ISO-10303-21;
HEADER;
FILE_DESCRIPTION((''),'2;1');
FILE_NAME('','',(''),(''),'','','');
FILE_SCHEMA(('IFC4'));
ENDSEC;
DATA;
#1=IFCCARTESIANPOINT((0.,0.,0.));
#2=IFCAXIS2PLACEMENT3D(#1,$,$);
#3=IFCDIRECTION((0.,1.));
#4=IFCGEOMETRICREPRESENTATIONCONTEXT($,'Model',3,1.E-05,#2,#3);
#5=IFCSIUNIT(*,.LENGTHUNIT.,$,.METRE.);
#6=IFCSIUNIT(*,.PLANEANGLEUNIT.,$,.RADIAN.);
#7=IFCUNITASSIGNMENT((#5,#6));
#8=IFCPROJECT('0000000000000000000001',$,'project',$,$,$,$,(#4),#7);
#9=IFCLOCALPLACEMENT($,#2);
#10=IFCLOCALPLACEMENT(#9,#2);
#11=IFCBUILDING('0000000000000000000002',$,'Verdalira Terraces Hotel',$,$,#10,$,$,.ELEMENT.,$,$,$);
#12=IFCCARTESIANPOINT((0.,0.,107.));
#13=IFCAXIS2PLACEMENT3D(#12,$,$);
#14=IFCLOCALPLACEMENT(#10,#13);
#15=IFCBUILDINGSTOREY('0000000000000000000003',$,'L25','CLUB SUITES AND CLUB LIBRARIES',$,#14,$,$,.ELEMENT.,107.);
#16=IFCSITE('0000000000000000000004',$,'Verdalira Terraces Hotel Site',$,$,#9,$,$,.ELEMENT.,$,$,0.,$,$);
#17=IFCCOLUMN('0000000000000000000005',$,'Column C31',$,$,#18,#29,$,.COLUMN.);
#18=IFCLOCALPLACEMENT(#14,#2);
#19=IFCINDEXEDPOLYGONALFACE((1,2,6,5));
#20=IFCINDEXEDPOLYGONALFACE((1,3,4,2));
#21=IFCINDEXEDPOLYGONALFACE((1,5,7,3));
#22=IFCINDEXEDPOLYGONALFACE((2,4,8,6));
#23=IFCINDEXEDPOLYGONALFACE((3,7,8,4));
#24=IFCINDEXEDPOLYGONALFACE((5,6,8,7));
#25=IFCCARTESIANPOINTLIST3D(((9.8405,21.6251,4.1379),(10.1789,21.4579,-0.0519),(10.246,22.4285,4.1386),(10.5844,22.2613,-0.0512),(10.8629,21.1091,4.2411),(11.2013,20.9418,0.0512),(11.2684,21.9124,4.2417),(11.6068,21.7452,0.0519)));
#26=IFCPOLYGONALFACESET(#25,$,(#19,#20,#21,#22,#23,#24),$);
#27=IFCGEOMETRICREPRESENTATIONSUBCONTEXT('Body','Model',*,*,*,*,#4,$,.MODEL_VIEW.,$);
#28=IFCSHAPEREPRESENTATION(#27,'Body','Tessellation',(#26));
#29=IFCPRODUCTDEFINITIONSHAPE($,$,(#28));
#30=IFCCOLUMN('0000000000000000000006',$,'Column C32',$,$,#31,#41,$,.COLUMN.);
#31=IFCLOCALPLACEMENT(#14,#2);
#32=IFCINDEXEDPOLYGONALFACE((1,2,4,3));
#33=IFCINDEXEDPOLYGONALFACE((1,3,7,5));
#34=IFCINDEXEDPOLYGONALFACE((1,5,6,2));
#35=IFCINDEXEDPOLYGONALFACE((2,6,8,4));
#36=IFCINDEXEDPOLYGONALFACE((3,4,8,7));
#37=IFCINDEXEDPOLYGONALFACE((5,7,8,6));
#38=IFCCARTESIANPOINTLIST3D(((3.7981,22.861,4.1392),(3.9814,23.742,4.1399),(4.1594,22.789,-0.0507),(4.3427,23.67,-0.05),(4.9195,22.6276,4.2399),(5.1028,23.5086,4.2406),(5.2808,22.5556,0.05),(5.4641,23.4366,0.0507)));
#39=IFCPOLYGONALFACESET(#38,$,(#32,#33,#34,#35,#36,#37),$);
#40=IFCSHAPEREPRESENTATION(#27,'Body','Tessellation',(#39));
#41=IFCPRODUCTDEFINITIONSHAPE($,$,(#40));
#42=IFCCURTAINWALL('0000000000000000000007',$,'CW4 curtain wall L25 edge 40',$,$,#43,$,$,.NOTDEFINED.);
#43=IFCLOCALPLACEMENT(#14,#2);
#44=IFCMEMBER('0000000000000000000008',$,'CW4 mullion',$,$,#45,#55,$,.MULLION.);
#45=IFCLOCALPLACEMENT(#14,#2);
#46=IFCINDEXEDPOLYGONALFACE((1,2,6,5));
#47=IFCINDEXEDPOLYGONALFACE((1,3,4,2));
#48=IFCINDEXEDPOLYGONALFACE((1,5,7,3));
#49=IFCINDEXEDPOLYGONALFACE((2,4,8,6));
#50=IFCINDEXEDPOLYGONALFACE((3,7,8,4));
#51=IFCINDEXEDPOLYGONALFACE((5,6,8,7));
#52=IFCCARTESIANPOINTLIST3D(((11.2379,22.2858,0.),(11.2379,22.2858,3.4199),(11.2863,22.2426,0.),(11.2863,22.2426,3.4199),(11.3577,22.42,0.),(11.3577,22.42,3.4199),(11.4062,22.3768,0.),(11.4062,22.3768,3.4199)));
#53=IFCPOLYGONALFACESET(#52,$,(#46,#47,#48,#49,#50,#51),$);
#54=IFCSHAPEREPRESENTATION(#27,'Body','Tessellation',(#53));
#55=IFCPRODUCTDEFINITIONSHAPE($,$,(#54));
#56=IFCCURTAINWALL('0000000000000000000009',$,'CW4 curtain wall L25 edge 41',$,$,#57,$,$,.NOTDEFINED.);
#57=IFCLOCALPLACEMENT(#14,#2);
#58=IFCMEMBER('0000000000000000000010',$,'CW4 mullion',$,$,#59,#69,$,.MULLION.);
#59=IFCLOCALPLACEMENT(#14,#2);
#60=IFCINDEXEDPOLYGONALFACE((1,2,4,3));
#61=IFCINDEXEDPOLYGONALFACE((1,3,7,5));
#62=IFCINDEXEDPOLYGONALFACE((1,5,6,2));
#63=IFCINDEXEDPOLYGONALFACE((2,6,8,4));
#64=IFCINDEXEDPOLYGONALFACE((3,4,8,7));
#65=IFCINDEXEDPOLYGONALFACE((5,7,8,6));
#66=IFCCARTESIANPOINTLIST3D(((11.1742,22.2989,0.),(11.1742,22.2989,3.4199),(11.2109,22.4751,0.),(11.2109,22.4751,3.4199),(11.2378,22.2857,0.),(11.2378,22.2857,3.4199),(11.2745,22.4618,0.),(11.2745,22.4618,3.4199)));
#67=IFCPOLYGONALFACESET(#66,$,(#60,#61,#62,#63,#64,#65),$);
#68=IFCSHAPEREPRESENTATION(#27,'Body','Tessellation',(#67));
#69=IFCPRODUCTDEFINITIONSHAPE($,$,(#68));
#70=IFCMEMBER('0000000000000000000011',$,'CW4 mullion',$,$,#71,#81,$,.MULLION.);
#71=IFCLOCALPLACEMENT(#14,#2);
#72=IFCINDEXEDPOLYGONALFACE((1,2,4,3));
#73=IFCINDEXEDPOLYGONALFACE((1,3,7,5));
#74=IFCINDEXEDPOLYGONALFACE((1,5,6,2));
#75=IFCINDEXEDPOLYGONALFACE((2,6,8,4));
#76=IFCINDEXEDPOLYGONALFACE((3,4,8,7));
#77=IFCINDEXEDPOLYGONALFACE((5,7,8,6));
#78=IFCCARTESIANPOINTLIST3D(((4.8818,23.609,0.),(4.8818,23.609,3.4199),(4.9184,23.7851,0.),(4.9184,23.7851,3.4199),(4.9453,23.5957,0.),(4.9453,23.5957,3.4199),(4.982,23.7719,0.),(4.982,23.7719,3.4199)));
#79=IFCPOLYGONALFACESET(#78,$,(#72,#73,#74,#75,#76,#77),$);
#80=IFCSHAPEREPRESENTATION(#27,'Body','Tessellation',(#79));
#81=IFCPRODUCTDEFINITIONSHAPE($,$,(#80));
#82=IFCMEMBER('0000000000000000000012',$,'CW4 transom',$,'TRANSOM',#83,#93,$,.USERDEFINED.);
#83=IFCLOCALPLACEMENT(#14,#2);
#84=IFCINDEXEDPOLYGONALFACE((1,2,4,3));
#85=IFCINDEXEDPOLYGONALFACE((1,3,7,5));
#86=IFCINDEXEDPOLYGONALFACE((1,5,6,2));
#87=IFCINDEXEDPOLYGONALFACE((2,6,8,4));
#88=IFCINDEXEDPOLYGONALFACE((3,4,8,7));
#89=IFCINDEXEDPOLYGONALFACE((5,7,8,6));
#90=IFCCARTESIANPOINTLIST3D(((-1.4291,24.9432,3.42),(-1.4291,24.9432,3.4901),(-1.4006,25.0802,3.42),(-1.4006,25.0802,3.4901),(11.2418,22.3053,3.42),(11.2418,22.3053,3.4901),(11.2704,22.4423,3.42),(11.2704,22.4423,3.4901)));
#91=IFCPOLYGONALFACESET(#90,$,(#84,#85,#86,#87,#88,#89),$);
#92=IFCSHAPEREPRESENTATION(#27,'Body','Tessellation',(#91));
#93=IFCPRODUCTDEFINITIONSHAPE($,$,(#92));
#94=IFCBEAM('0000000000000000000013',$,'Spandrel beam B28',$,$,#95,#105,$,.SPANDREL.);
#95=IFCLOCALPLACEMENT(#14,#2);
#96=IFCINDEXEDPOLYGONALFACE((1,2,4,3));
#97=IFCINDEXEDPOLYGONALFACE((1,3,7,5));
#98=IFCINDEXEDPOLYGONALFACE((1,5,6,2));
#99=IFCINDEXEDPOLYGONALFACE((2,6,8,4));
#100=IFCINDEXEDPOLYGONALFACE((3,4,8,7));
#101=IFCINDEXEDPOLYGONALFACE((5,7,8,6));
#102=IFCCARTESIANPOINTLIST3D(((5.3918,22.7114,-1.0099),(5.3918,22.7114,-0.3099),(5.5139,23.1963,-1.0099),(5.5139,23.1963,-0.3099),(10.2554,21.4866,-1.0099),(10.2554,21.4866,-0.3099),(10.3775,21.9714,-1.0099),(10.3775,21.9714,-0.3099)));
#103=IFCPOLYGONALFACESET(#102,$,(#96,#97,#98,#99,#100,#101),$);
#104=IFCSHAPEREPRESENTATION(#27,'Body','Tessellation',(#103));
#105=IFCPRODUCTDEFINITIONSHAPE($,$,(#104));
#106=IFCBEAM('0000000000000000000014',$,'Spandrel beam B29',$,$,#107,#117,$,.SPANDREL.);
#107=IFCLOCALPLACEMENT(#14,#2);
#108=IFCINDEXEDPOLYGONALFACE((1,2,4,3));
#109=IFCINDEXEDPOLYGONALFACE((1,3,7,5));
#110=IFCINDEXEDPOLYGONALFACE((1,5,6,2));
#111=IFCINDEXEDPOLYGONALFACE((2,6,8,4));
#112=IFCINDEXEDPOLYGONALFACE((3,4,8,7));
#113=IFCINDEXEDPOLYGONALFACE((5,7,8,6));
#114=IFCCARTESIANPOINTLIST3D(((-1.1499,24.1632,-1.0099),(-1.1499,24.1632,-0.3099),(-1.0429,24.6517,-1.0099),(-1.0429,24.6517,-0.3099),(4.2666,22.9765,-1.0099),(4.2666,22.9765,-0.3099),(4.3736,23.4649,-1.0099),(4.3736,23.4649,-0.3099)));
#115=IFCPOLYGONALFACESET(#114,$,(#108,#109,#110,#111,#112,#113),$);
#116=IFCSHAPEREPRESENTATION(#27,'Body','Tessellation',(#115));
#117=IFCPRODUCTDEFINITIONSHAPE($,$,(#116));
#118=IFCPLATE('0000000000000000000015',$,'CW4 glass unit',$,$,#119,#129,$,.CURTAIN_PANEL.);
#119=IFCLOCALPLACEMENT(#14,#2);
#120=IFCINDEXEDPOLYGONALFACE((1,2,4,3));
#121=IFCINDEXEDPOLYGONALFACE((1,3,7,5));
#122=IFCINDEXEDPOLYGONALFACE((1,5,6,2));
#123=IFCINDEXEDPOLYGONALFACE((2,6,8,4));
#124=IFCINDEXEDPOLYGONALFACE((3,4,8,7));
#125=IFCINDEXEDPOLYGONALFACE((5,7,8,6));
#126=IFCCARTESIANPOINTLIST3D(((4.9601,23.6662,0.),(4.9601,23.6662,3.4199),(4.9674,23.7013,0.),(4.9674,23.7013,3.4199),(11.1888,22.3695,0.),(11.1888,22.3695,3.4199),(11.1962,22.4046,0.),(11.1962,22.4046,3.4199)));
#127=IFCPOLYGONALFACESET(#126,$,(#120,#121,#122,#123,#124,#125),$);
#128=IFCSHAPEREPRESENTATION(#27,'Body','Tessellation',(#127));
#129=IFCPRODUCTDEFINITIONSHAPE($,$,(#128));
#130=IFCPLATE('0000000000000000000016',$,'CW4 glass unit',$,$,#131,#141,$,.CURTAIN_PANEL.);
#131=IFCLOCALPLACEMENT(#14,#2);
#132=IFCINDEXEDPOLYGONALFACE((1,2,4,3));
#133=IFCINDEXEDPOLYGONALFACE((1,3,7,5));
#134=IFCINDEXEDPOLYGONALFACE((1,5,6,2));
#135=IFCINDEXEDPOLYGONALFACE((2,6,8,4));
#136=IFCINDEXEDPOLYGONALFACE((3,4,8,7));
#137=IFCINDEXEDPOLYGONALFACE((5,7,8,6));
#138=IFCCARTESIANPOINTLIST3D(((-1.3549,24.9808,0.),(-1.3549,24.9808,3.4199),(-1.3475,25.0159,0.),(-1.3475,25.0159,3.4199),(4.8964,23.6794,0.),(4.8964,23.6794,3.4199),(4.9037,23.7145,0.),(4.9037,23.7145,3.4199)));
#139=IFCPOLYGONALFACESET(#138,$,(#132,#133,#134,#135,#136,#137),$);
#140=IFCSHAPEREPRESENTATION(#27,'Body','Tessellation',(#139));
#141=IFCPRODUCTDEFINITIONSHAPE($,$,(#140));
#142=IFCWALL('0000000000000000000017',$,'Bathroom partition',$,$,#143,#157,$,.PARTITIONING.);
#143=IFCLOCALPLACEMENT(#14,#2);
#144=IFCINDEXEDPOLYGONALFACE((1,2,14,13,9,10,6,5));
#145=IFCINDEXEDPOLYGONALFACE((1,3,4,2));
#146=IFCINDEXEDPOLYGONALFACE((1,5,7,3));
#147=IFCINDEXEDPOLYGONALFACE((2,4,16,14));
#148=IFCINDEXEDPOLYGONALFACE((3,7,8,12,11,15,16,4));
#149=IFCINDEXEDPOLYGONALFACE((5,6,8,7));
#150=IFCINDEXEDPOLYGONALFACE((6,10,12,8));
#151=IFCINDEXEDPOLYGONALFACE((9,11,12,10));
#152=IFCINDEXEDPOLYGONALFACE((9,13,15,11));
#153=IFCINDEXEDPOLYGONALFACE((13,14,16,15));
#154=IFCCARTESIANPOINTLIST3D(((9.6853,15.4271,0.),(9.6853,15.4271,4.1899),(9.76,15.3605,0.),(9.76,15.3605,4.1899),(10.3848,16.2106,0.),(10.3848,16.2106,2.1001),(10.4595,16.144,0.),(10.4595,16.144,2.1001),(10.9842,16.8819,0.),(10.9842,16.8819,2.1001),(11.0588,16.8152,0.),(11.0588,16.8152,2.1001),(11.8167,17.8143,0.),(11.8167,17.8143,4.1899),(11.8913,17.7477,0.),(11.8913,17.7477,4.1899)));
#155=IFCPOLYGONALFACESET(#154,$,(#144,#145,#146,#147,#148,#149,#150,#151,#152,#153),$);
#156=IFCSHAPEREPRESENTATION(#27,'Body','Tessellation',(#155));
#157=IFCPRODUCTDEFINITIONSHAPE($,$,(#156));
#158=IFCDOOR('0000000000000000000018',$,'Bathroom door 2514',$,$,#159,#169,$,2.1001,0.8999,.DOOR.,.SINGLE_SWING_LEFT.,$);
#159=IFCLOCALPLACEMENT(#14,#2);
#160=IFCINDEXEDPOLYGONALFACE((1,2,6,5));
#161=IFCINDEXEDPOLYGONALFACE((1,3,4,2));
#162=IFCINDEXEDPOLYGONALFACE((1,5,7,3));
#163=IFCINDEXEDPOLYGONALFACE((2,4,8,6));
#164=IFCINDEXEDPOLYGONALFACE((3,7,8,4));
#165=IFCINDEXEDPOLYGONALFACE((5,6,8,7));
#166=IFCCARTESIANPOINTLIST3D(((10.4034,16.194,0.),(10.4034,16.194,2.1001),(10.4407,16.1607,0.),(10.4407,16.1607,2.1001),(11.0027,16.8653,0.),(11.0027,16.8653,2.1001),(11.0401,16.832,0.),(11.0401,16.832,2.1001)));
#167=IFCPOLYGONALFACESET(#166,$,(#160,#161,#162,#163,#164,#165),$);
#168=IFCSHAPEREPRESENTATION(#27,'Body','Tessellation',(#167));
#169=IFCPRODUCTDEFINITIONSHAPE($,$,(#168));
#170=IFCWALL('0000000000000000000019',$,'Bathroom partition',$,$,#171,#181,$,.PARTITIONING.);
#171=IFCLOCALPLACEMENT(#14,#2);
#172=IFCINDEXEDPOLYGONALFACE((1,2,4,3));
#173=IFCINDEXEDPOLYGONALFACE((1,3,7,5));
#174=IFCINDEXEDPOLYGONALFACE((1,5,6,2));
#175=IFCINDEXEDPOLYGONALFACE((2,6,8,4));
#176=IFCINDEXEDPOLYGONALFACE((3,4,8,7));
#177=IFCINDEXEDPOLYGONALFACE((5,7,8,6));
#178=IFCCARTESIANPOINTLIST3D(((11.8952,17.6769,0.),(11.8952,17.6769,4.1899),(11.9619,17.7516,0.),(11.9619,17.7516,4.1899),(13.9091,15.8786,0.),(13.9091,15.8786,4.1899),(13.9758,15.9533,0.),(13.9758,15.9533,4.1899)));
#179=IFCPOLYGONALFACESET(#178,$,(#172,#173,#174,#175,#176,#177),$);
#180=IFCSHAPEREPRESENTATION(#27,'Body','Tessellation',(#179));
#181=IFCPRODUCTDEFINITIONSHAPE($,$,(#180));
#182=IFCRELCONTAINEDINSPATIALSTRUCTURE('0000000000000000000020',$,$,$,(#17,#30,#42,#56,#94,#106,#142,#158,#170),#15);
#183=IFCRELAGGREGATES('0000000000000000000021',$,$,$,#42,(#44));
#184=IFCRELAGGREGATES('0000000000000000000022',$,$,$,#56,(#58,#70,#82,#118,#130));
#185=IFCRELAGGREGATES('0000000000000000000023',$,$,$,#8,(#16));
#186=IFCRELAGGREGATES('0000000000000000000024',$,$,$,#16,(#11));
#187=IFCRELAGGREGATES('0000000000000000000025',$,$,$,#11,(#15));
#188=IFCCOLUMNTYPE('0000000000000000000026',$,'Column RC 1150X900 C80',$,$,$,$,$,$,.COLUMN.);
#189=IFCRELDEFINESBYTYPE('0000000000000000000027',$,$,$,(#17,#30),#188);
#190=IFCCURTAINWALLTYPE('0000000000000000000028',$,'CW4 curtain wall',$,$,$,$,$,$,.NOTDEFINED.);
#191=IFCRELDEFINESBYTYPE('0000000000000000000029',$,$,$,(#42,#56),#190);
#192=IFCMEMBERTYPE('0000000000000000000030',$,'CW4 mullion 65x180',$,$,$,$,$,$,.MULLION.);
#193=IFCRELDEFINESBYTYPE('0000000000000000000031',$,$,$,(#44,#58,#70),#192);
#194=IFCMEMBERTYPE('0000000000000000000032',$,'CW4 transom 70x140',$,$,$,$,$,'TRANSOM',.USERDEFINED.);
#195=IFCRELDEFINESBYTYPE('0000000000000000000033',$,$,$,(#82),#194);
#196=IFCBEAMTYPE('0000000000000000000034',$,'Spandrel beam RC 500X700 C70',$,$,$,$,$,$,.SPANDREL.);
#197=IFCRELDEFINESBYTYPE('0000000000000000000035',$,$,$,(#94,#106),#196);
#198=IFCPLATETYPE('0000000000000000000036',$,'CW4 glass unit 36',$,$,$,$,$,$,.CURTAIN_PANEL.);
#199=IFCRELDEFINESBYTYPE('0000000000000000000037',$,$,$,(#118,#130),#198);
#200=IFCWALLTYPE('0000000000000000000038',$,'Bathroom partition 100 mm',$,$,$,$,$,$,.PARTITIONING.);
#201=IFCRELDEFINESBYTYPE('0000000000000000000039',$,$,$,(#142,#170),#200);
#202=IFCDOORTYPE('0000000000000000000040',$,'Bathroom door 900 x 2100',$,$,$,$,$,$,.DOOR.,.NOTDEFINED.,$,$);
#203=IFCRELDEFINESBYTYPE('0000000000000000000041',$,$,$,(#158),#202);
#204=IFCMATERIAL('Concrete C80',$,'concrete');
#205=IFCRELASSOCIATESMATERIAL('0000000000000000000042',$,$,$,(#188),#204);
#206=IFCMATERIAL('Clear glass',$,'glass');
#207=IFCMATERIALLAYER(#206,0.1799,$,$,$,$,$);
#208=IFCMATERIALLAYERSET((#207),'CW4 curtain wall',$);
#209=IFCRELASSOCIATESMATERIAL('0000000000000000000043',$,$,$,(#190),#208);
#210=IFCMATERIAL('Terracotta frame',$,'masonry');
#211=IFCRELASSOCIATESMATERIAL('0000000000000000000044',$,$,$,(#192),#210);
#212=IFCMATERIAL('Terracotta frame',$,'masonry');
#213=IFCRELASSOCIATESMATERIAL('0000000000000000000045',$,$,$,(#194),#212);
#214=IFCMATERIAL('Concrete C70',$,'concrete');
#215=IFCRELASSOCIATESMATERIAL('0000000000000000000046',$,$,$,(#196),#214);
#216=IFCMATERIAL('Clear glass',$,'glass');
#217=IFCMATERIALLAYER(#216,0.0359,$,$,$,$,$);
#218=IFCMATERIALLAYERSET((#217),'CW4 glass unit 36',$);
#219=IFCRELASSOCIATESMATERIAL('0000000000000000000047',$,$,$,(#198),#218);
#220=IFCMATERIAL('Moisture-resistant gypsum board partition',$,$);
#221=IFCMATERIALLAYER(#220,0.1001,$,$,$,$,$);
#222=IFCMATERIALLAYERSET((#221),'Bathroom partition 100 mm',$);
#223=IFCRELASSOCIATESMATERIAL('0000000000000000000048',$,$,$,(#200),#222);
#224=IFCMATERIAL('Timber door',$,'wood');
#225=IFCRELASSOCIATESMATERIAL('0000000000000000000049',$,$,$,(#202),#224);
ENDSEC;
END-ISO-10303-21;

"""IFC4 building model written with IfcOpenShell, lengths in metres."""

from ifc_helpers import new_model, si_unit, direction, frame, frame_2d, origin, origin_2d, place, context, subcontext, project, spatial, rectangle, extrude, material, layer, layer_set, material_profile, profile_set, type_object, element, fill, aggregate, save


model = new_model("IFC4")

# Units and contexts
model_context = context("Model", 3, precision=1e-05, world=origin(), true_north=direction((0.0, 1.0)))
body_context = subcontext(model_context, "Body", "Model", "MODEL_VIEW")
ifc_project = project(units=[si_unit("LENGTHUNIT", "METRE"), si_unit("PLANEANGLEUNIT", "RADIAN")], contexts=[model_context])

# Site, building, storey
site_placement = place(None, origin())
site = spatial("IfcSite", under=ifc_project, at=site_placement, Name="Verdalira Terraces Hotel Site", CompositionType="ELEMENT", RefElevation=0.0)
building_placement = place(site_placement, origin())
building = spatial("IfcBuilding", under=site, at=building_placement, Name="Verdalira Terraces Hotel", CompositionType="ELEMENT")
storey_placement = place(building_placement, frame((0.0, 0.0, 107.0)))
storey = spatial("IfcBuildingStorey", under=building, at=storey_placement, Name="L25", Description="CLUB SUITES AND CLUB LIBRARIES", CompositionType="ELEMENT", Elevation=107.0)

# Columns
ifc_material_1 = material(Name="Concrete C80", Category="concrete")
ifc_material_profile_1 = material_profile(ifc_material_1, rectangle(XDim=1.1499, YDim=0.8999, at=origin_2d()), Name="RC 1150X900")
ifc_profile_set_1 = profile_set([ifc_material_profile_1], Name="Concrete C80")
column_type = type_object("IfcColumnType", Name="Column RC 1150X900 C80", PredefinedType="COLUMN", material=ifc_profile_set_1)
column_1_placement = place(storey_placement, frame((10.8928, 21.6016, 0.0), z_axis=(-0.080434, 0.039753, 0.995967), x_axis=(0.889114, -0.448807, 0.089718)))
element("IfcColumn", 1, at=column_1_placement, inside=storey, type_object=column_type, Name="Column C31", PredefinedType="COLUMN", context=body_context, shape_type="SweptSolid", body=[
    extrude(rectangle(XDim=1.1499, YDim=0.8999, at=origin_2d()), origin(), (0.0, 0.0, 1.0), 4.2068),
])
column_2_placement = place(storey_placement, frame((4.8118, 23.1128, 0.0), z_axis=(-0.085906, 0.017123, 0.996156), x_axis=(-0.97526, 0.202969, -0.087592)))
element("IfcColumn", 2, at=column_2_placement, inside=storey, type_object=column_type, Name="Column C32", PredefinedType="COLUMN", context=body_context, shape_type="SweptSolid", body=[
    extrude(rectangle(XDim=1.1499, YDim=0.8999, at=origin_2d()), origin(), (0.0, 0.0, 1.0), 4.2061),
])

# Curtain wall, member
ifc_material_2 = material(Name="Clear glass", Category="glass")
ifc_layer_1 = layer(ifc_material_2, 0.1799)
ifc_layer_set_1 = layer_set([ifc_layer_1], Name="CW4 curtain wall")
curtain_wall_type = type_object("IfcCurtainWallType", Name="CW4 curtain wall", PredefinedType="NOTDEFINED", material=ifc_layer_set_1)
curtain_wall_1_placement = place(storey_placement, origin())
curtain_wall_1 = element("IfcCurtainWall", 3, at=curtain_wall_1_placement, inside=storey, type_object=curtain_wall_type, Name="CW4 curtain wall L25 edge 40", PredefinedType="NOTDEFINED")
ifc_material_3 = material(Name="Terracotta frame", Category="masonry")
ifc_material_profile_2 = material_profile(ifc_material_3, rectangle(XDim=0.0649, YDim=0.1799, at=origin_2d()), Name="MU 65x180")
ifc_profile_set_2 = profile_set([ifc_material_profile_2], Name="Terracotta frame")
member_type_1 = type_object("IfcMemberType", Name="CW4 mullion 65x180", PredefinedType="MULLION", material=ifc_profile_set_2)
member_1_placement = place(storey_placement, frame((11.322, 22.3313, 0.0), z_axis=(0.0, 0.0, 1.0), x_axis=(-0.745941, 0.666012, 0.0)))
member_1 = element("IfcMember", 4, at=member_1_placement, type_object=member_type_1, Name="CW4 mullion", PredefinedType="MULLION", context=body_context, shape_type="SweptSolid", body=[
    extrude(rectangle(XDim=0.0649, YDim=0.1799, at=origin_2d()), origin(), (0.0, 0.0, 1.0), 3.4199),
])
aggregate(curtain_wall_1, [member_1])

# Curtain wall, members
curtain_wall_2_placement = place(storey_placement, origin())
curtain_wall_2 = element("IfcCurtainWall", 5, at=curtain_wall_2_placement, inside=storey, type_object=curtain_wall_type, Name="CW4 curtain wall L25 edge 41", PredefinedType="NOTDEFINED")
member_2_placement = place(storey_placement, frame((11.2244, 22.3804, 0.0), z_axis=(0.0, 0.0, 1.0), x_axis=(-0.97901, 0.203813, 0.0)))
member_2 = element("IfcMember", 6, at=member_2_placement, type_object=member_type_1, Name="CW4 mullion", PredefinedType="MULLION", context=body_context, shape_type="SweptSolid", body=[
    extrude(rectangle(XDim=0.0649, YDim=0.1799, at=origin_2d()), origin(), (0.0, 0.0, 1.0), 3.4199),
])
member_3_placement = place(storey_placement, frame((4.9319, 23.6904, 0.0), z_axis=(0.0, 0.0, 1.0), x_axis=(-0.97901, 0.203813, 0.0)))
member_3 = element("IfcMember", 7, at=member_3_placement, type_object=member_type_1, Name="CW4 mullion", PredefinedType="MULLION", context=body_context, shape_type="SweptSolid", body=[
    extrude(rectangle(XDim=0.0649, YDim=0.1799, at=origin_2d()), origin(), (0.0, 0.0, 1.0), 3.4199),
])
ifc_material_4 = material(Name="Terracotta frame", Category="masonry")
ifc_material_profile_3 = material_profile(ifc_material_4, rectangle(XDim=0.1399, YDim=0.0701, at=origin_2d()), Name="TR 70x140")
ifc_profile_set_3 = profile_set([ifc_material_profile_3], Name="Terracotta frame")
member_type_2 = type_object("IfcMemberType", Name="CW4 transom 70x140", ElementType="TRANSOM", PredefinedType="USERDEFINED", material=ifc_profile_set_3)
member_4_placement = place(storey_placement, frame((11.2561, 22.3738, 3.4551), z_axis=(-0.979009, 0.203819, 0.0), x_axis=(-0.203819, -0.979009, 0.0)))
member_4 = element("IfcMember", 8, at=member_4_placement, type_object=member_type_2, Name="CW4 transom", ObjectType="TRANSOM", PredefinedType="USERDEFINED", context=body_context, shape_type="SweptSolid", body=[
    extrude(rectangle(XDim=0.1399, YDim=0.0701, at=origin_2d()), origin(), (0.0, 0.0, 1.0), 12.9426),
])

# Beams
ifc_material_5 = material(Name="Concrete C70", Category="concrete")
ifc_material_profile_4 = material_profile(ifc_material_5, rectangle(XDim=0.5, YDim=0.7, at=origin_2d()), Name="RC 500X700")
ifc_profile_set_4 = profile_set([ifc_material_profile_4], Name="Concrete C70")
beam_type = type_object("IfcBeamType", Name="Spandrel beam RC 500X700 C70", PredefinedType="SPANDREL", material=ifc_profile_set_4)
beam_1_placement = place(storey_placement, frame((10.3164, 21.729, -0.6599), z_axis=(-0.96972, 0.244219, 0.0), x_axis=(-0.244219, -0.96972, 0.0)))
element("IfcBeam", 9, at=beam_1_placement, inside=storey, type_object=beam_type, Name="Spandrel beam B28", PredefinedType="SPANDREL", context=body_context, shape_type="SweptSolid", body=[
    extrude(rectangle(XDim=0.5, YDim=0.7, at=origin_2d()), origin(), (0.0, 0.0, 1.0), 5.0154),
])
beam_2_placement = place(storey_placement, frame((4.3201, 23.2207, -0.6599), z_axis=(-0.976828, 0.214025, 0.0), x_axis=(-0.214025, -0.976828, 0.0)))
element("IfcBeam", 10, at=beam_2_placement, inside=storey, type_object=beam_type, Name="Spandrel beam B29", PredefinedType="SPANDREL", context=body_context, shape_type="SweptSolid", body=[
    extrude(rectangle(XDim=0.5, YDim=0.7, at=origin_2d()), origin(), (0.0, 0.0, 1.0), 5.5449),
])

# Plates
ifc_material_6 = material(Name="Clear glass", Category="glass")
ifc_layer_2 = layer(ifc_material_6, 0.0359)
ifc_layer_set_2 = layer_set([ifc_layer_2], Name="CW4 glass unit 36")
plate_type = type_object("IfcPlateType", Name="CW4 glass unit 36", PredefinedType="CURTAIN_PANEL", material=ifc_layer_set_2)
plate_1_placement = place(storey_placement, frame((8.0781, 23.0354, 0.0), z_axis=(0.0, 0.0, 1.0), x_axis=(-0.97901, 0.203813, 0.0)))
plate_1 = element("IfcPlate", 11, at=plate_1_placement, type_object=plate_type, Name="CW4 glass unit", PredefinedType="CURTAIN_PANEL", context=body_context, shape_type="SweptSolid", body=[
    extrude(rectangle(XDim=6.3623, YDim=0.0359, at=origin_2d()), origin(), (0.0, 0.0, 1.0), 3.4199),
])
plate_2_placement = place(storey_placement, frame((1.7744, 24.3477, 0.0), z_axis=(0.0, 0.0, 1.0), x_axis=(-0.97901, 0.203813, 0.0)))
plate_2 = element("IfcPlate", 12, at=plate_2_placement, type_object=plate_type, Name="CW4 glass unit", PredefinedType="CURTAIN_PANEL", context=body_context, shape_type="SweptSolid", body=[
    extrude(rectangle(XDim=6.3853, YDim=0.0359, at=origin_2d()), origin(), (0.0, 0.0, 1.0), 3.4199),
])
aggregate(curtain_wall_2, [member_2, member_3, member_4, plate_1, plate_2])

# Wall, opening, door
ifc_material_7 = material(Name="Moisture-resistant gypsum board partition")
ifc_layer_3 = layer(ifc_material_7, 0.1001)
ifc_layer_set_3 = layer_set([ifc_layer_3], Name="Bathroom partition 100 mm")
wall_type_1 = type_object("IfcWallType", Name="Bathroom partition 100 mm", PredefinedType="PARTITIONING", material=ifc_layer_set_3)
wall_1_placement = place(storey_placement, frame((11.854, 17.781, 0.0), z_axis=(0.0, 0.0, 1.0), x_axis=(-0.666001, -0.745951, 0.0)))
wall_1 = element("IfcWall", 13, at=wall_1_placement, inside=storey, type_object=wall_type_1, Name="Bathroom partition", PredefinedType="PARTITIONING", context=body_context, shape_type="SweptSolid", body=[
    extrude(rectangle(XDim=3.2002, YDim=0.1001, at=frame_2d((1.6001, 0.0))), origin(), (0.0, 0.0, 1.0), 4.1899),
])
opening_1_placement = place(wall_1_placement, frame((1.25, 0.0, 0.0)))
opening_1 = element("IfcOpeningElement", 14, at=opening_1_placement, cuts=wall_1, PredefinedType="OPENING", context=body_context, shape_type="SweptSolid", body=[
    extrude(rectangle(XDim=0.8999, YDim=2.1001, at=frame_2d((0.45, 1.05))), frame((0.0, 0.0601, 0.0), z_axis=(0.0, -1.0, 0.0), x_axis=(1.0, 0.0, 0.0)), (0.0, 0.0, 1.0), 0.1201),
])
ifc_material_8 = material(Name="Timber door", Category="wood")
door_type_1 = type_object("IfcDoorType", Name="Bathroom door 900 x 2100", OperationType="NOTDEFINED", PredefinedType="DOOR", material=ifc_material_8)
door_1_placement = place(opening_1_placement, origin())
door_1 = element("IfcDoor", 15, at=door_1_placement, inside=storey, type_object=door_type_1, Name="Bathroom door 2514", OperationType="SINGLE_SWING_LEFT", OverallHeight=2.1001, OverallWidth=0.8999, PredefinedType="DOOR", context=body_context, shape_type="SweptSolid", body=[
    extrude(rectangle(XDim=0.8999, YDim=2.1001, at=frame_2d((0.45, 1.05))), frame((0.0, 0.0249, 0.0), z_axis=(0.0, -1.0, 0.0), x_axis=(1.0, 0.0, 0.0)), (0.0, 0.0, 1.0), 0.05),
])
fill(opening_1, door_1)

# Wall
wall_2_placement = place(storey_placement, frame((11.9285, 17.7144, 0.0), z_axis=(0.0, 0.0, 1.0), x_axis=(0.745901, -0.666057, 0.0)))
element("IfcWall", 16, at=wall_2_placement, inside=storey, type_object=wall_type_1, Name="Bathroom partition", PredefinedType="PARTITIONING", context=body_context, shape_type="SweptSolid", body=[
    extrude(rectangle(XDim=2.7, YDim=0.1001, at=frame_2d((1.3501, 0.0))), origin(), (0.0, 0.0, 1.0), 4.1899),
])

save(model, "model.ifc")
